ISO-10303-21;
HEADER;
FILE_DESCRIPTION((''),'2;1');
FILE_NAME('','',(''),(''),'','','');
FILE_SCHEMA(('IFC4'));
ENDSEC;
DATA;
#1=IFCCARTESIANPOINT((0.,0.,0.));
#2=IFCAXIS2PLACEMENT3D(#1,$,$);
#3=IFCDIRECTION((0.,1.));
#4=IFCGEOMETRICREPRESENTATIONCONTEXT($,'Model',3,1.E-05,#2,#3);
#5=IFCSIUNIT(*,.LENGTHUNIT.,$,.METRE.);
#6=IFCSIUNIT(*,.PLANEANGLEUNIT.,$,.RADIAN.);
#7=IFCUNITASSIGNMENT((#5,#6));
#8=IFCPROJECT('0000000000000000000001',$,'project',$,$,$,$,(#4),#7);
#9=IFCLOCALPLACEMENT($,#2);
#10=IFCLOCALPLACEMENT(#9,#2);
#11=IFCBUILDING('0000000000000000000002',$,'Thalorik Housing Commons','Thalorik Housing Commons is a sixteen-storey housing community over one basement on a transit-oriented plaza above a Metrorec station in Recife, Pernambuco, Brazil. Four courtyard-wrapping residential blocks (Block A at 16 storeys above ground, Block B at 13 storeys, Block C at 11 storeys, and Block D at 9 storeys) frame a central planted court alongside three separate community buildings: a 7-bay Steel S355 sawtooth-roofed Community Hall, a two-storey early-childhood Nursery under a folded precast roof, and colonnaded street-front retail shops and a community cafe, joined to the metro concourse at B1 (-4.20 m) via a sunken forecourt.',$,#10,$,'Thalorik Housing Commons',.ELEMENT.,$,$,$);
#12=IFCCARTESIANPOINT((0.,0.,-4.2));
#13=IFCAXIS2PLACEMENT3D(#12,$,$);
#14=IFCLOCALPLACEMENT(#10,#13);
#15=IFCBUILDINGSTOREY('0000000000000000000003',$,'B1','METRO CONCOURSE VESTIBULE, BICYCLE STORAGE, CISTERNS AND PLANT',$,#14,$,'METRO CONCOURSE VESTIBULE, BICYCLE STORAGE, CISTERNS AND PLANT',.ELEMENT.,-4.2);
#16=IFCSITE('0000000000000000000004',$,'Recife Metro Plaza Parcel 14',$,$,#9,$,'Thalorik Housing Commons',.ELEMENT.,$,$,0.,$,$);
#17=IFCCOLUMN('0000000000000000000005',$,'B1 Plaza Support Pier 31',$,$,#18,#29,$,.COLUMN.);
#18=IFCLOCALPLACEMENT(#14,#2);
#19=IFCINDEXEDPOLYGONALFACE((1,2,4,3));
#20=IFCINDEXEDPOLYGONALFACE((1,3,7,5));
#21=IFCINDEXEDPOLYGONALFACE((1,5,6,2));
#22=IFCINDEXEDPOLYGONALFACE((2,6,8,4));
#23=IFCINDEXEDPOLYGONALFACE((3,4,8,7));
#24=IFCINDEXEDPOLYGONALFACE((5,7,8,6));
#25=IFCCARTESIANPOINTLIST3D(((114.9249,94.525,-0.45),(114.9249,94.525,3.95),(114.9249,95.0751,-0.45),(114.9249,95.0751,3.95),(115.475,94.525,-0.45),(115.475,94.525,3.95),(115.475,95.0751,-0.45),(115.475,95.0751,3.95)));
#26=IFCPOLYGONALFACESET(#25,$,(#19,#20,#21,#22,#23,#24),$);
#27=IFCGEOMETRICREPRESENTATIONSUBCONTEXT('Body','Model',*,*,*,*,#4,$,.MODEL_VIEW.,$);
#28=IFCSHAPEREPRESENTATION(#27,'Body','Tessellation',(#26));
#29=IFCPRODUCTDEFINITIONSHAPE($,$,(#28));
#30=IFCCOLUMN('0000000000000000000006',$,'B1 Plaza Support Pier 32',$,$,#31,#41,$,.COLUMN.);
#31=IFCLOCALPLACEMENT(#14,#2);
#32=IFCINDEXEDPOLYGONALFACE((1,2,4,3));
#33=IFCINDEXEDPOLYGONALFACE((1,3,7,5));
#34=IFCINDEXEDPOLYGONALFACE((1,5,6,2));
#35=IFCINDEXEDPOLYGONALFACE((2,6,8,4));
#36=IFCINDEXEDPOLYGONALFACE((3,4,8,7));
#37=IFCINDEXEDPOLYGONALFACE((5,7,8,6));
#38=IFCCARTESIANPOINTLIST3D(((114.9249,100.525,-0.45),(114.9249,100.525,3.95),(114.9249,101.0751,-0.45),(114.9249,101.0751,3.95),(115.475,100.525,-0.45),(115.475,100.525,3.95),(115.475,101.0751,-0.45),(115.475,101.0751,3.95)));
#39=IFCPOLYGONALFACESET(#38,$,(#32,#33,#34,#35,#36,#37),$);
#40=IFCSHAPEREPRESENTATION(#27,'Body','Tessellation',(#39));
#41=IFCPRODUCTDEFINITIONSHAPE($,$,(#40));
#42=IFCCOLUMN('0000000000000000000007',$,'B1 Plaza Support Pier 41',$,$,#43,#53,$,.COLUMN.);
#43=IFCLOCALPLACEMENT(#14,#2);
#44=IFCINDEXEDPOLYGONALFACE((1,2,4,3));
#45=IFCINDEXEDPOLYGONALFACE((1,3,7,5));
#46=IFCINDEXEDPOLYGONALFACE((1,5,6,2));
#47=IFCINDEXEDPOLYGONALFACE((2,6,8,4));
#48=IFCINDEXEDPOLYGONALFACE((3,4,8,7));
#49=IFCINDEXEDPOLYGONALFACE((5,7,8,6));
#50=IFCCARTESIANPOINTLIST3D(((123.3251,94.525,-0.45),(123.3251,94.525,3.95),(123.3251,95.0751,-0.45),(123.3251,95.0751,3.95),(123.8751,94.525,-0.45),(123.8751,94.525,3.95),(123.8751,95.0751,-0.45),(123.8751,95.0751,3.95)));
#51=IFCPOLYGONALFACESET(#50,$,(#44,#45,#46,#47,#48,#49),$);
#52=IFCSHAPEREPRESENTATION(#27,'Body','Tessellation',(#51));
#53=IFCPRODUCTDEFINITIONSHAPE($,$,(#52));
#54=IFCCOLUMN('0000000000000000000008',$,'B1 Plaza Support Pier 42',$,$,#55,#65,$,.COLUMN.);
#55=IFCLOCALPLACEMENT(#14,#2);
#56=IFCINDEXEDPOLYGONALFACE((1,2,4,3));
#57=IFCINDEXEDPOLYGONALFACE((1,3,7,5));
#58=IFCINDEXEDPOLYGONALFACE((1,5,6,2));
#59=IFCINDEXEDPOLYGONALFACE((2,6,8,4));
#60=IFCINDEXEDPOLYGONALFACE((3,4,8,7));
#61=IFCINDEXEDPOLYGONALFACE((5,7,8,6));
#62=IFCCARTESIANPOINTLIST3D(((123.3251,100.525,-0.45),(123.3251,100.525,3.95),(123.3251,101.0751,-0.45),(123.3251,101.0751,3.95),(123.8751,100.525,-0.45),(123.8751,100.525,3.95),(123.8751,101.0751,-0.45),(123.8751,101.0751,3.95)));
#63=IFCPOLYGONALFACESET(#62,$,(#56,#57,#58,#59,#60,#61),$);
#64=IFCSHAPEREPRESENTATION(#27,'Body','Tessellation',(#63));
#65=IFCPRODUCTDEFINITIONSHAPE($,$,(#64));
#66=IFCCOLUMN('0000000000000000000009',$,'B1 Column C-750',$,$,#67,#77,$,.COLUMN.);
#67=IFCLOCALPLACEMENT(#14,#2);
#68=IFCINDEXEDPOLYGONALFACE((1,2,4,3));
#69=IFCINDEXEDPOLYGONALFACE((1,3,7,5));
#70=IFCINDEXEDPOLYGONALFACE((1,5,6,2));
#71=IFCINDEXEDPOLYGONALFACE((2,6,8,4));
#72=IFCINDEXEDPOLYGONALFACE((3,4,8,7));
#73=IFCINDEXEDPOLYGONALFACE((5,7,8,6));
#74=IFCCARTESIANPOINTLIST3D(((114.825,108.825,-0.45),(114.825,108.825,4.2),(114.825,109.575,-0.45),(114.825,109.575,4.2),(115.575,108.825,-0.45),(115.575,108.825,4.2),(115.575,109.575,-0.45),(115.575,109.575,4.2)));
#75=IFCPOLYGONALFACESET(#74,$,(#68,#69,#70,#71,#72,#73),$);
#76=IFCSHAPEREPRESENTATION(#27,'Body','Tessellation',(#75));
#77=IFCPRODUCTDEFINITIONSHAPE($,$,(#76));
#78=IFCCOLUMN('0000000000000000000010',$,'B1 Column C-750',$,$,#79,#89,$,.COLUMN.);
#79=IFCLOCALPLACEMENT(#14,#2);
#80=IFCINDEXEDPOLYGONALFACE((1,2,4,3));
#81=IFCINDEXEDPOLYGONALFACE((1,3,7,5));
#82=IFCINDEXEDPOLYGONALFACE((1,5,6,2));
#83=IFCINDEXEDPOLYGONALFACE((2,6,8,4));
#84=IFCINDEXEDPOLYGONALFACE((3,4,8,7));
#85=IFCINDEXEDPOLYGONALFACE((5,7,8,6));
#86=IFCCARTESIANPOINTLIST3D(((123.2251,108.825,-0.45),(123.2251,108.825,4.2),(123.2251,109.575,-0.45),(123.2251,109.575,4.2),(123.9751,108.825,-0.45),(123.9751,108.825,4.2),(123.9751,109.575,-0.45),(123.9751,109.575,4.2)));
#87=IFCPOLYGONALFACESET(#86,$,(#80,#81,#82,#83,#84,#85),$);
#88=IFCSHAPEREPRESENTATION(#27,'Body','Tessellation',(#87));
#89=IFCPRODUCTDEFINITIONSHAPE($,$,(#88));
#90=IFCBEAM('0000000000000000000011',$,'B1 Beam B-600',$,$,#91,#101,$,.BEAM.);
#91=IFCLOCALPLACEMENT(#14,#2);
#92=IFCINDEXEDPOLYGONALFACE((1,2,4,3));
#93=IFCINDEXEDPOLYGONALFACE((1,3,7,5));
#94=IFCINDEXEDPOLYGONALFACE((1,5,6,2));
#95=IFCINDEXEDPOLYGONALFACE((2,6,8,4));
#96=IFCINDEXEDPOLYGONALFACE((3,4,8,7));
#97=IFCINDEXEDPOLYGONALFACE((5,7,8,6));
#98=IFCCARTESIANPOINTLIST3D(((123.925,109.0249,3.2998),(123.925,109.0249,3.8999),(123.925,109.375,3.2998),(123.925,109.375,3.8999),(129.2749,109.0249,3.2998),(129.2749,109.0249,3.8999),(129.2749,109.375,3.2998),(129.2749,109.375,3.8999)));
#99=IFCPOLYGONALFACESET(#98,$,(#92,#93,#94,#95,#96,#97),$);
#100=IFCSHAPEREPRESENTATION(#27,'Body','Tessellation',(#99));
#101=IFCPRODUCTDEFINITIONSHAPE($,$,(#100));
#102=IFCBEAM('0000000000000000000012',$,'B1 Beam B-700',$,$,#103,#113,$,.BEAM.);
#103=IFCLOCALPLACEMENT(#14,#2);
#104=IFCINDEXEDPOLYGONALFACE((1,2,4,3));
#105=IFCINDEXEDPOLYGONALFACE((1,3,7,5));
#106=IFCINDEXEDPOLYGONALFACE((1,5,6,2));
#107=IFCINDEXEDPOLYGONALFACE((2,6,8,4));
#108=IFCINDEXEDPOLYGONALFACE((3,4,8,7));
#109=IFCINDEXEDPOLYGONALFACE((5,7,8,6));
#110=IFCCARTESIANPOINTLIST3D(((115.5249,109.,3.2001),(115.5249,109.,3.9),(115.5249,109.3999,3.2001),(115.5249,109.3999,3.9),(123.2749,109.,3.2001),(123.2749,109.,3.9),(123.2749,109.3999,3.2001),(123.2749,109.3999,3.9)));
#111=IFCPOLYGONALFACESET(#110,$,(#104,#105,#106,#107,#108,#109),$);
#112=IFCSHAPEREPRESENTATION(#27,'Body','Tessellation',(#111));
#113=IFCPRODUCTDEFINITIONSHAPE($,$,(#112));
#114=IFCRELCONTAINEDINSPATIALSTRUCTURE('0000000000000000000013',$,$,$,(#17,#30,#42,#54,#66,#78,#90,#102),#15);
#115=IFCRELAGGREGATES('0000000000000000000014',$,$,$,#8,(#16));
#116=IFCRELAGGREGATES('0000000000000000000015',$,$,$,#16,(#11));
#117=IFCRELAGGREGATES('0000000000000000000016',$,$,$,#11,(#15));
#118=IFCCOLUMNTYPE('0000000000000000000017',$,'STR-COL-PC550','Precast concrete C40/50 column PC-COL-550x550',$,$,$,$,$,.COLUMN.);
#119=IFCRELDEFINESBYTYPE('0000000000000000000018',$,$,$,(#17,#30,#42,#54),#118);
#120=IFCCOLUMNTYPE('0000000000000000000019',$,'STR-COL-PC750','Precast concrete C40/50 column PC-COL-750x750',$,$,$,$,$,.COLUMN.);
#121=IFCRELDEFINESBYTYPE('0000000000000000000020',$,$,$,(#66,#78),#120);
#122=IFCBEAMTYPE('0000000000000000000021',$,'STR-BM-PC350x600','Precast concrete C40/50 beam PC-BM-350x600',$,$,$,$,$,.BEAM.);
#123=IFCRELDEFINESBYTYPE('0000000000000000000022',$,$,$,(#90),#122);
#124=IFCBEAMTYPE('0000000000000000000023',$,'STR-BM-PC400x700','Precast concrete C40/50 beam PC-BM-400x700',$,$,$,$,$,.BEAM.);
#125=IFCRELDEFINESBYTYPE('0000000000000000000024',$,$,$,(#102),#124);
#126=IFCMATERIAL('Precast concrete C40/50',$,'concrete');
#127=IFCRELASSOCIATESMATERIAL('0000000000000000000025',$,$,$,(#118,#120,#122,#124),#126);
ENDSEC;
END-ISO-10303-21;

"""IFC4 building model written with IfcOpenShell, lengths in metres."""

from ifc_helpers import new_model, si_unit, direction, frame, origin, origin_2d, place, context, subcontext, project, spatial, rectangle, extrude, material, material_profile, profile_set, type_object, element, save


model = new_model("IFC4")

# Units and contexts
model_context = context("Model", 3, precision=1e-05, world=origin(), true_north=direction((0.0, 1.0)))
body_context = subcontext(model_context, "Body", "Model", "MODEL_VIEW")
ifc_project = project(units=[si_unit("LENGTHUNIT", "METRE"), si_unit("PLANEANGLEUNIT", "RADIAN")], contexts=[model_context])

# Site, building, storey
site_placement = place(None, origin())
site = spatial("IfcSite", under=ifc_project, at=site_placement, Name="Recife Metro Plaza Parcel 14", LongName="Thalorik Housing Commons", CompositionType="ELEMENT", RefElevation=0.0)
building_placement = place(site_placement, origin())
building = spatial("IfcBuilding", under=site, at=building_placement, Name="Thalorik Housing Commons", Description="Thalorik Housing Commons is a sixteen-storey housing community over one basement on a transit-oriented plaza above a Metrorec station in Recife, Pernambuco, Brazil. Four courtyard-wrapping residential blocks (Block A at 16 storeys above ground, Block B at 13 storeys, Block C at 11 storeys, and Block D at 9 storeys) frame a central planted court alongside three separate community buildings: a 7-bay Steel S355 sawtooth-roofed Community Hall, a two-storey early-childhood Nursery under a folded precast roof, and colonnaded street-front retail shops and a community cafe, joined to the metro concourse at B1 (-4.20 m) via a sunken forecourt.", LongName="Thalorik Housing Commons", CompositionType="ELEMENT")
storey_placement = place(building_placement, frame((0.0, 0.0, -4.2)))
storey = spatial("IfcBuildingStorey", under=building, at=storey_placement, Name="B1", Description="METRO CONCOURSE VESTIBULE, BICYCLE STORAGE, CISTERNS AND PLANT", LongName="METRO CONCOURSE VESTIBULE, BICYCLE STORAGE, CISTERNS AND PLANT", CompositionType="ELEMENT", Elevation=-4.2)

# Columns
ifc_material_1 = material(Name="Precast concrete C40/50", Category="concrete")
ifc_material_profile_1 = material_profile(ifc_material_1, rectangle(XDim=0.55, YDim=0.55, at=origin_2d()), Name="PC 550x550", Category="concrete")
ifc_profile_set_1 = profile_set([ifc_material_profile_1], Name="Precast concrete C40/50")
column_type_1 = type_object("IfcColumnType", Name="STR-COL-PC550", Description="Precast concrete C40/50 column PC-COL-550x550", PredefinedType="COLUMN", material=ifc_profile_set_1)
for number, where, z_axis, x_axis, name in (
    (1, (115.2, 94.8, -0.45), (0.0, 0.0, 1.0), (1.0, 0.0, 0.0), "B1 Plaza Support Pier 31"),
    (2, (115.2, 100.8, -0.45), (0.0, 0.0, 1.0), (1.0, 0.0, 0.0), "B1 Plaza Support Pier 32"),
    (3, (123.6001, 94.8, -0.45), (0.0, 0.0, 1.0), (1.0, 0.0, 0.0), "B1 Plaza Support Pier 41"),
    (4, (123.6001, 100.8, -0.45), (0.0, 0.0, 1.0), (1.0, 0.0, 0.0), "B1 Plaza Support Pier 42"),
):
    element("IfcColumn", number, at=place(storey_placement, frame(where, z_axis=z_axis, x_axis=x_axis)), inside=storey, type_object=column_type_1, Name=name, PredefinedType="COLUMN", context=body_context, shape_type="SweptSolid", body=[
        extrude(rectangle(XDim=0.55, YDim=0.55, at=origin_2d()), origin(), (0.0, 0.0, 1.0), 4.3999),
    ])
ifc_material_profile_2 = material_profile(ifc_material_1, rectangle(XDim=0.75, YDim=0.75, at=origin_2d()), Name="PC 750x750", Category="concrete")
ifc_profile_set_2 = profile_set([ifc_material_profile_2], Name="Precast concrete C40/50")
column_type_2 = type_object("IfcColumnType", Name="STR-COL-PC750", Description="Precast concrete C40/50 column PC-COL-750x750", PredefinedType="COLUMN", material=ifc_profile_set_2)
for number, where, z_axis, x_axis, name in (
    (5, (115.2, 109.2, -0.45), (0.0, 0.0, 1.0), (1.0, 0.0, 0.0), "B1 Column C-750"),
    (6, (123.6001, 109.2, -0.45), (0.0, 0.0, 1.0), (1.0, 0.0, 0.0), "B1 Column C-750"),
):
    element("IfcColumn", number, at=place(storey_placement, frame(where, z_axis=z_axis, x_axis=x_axis)), inside=storey, type_object=column_type_2, Name=name, PredefinedType="COLUMN", context=body_context, shape_type="SweptSolid", body=[
        extrude(rectangle(XDim=0.75, YDim=0.75, at=origin_2d()), origin(), (0.0, 0.0, 1.0), 4.6499),
    ])

# Beams
ifc_material_profile_3 = material_profile(ifc_material_1, rectangle(XDim=0.3501, YDim=0.6001, at=origin_2d()), Name="PC 350x600", Category="concrete")
ifc_profile_set_3 = profile_set([ifc_material_profile_3], Name="Precast concrete C40/50")
beam_type_1 = type_object("IfcBeamType", Name="STR-BM-PC350x600", Description="Precast concrete C40/50 beam PC-BM-350x600", PredefinedType="BEAM", material=ifc_profile_set_3)
beam_1_placement = place(storey_placement, frame((123.925, 109.2, 3.5999), z_axis=(1.0, 0.0, 0.0), x_axis=(0.0, 1.0, 0.0)))
element("IfcBeam", 7, at=beam_1_placement, inside=storey, type_object=beam_type_1, Name="B1 Beam B-600", PredefinedType="BEAM", context=body_context, shape_type="SweptSolid", body=[
    extrude(rectangle(XDim=0.3501, YDim=0.6001, at=origin_2d()), origin(), (0.0, 0.0, 1.0), 5.3499),
])
ifc_material_profile_4 = material_profile(ifc_material_1, rectangle(XDim=0.3999, YDim=0.7, at=origin_2d()), Name="PC 400x700", Category="concrete")
ifc_profile_set_4 = profile_set([ifc_material_profile_4], Name="Precast concrete C40/50")
beam_type_2 = type_object("IfcBeamType", Name="STR-BM-PC400x700", Description="Precast concrete C40/50 beam PC-BM-400x700", PredefinedType="BEAM", material=ifc_profile_set_4)
beam_2_placement = place(storey_placement, frame((115.5249, 109.2, 3.55), z_axis=(1.0, 0.0, 0.0), x_axis=(0.0, 1.0, 0.0)))
element("IfcBeam", 8, at=beam_2_placement, inside=storey, type_object=beam_type_2, Name="B1 Beam B-700", PredefinedType="BEAM", context=body_context, shape_type="SweptSolid", body=[
    extrude(rectangle(XDim=0.3999, YDim=0.7, at=origin_2d()), origin(), (0.0, 0.0, 1.0), 7.75),
])

save(model, "model.ifc")
